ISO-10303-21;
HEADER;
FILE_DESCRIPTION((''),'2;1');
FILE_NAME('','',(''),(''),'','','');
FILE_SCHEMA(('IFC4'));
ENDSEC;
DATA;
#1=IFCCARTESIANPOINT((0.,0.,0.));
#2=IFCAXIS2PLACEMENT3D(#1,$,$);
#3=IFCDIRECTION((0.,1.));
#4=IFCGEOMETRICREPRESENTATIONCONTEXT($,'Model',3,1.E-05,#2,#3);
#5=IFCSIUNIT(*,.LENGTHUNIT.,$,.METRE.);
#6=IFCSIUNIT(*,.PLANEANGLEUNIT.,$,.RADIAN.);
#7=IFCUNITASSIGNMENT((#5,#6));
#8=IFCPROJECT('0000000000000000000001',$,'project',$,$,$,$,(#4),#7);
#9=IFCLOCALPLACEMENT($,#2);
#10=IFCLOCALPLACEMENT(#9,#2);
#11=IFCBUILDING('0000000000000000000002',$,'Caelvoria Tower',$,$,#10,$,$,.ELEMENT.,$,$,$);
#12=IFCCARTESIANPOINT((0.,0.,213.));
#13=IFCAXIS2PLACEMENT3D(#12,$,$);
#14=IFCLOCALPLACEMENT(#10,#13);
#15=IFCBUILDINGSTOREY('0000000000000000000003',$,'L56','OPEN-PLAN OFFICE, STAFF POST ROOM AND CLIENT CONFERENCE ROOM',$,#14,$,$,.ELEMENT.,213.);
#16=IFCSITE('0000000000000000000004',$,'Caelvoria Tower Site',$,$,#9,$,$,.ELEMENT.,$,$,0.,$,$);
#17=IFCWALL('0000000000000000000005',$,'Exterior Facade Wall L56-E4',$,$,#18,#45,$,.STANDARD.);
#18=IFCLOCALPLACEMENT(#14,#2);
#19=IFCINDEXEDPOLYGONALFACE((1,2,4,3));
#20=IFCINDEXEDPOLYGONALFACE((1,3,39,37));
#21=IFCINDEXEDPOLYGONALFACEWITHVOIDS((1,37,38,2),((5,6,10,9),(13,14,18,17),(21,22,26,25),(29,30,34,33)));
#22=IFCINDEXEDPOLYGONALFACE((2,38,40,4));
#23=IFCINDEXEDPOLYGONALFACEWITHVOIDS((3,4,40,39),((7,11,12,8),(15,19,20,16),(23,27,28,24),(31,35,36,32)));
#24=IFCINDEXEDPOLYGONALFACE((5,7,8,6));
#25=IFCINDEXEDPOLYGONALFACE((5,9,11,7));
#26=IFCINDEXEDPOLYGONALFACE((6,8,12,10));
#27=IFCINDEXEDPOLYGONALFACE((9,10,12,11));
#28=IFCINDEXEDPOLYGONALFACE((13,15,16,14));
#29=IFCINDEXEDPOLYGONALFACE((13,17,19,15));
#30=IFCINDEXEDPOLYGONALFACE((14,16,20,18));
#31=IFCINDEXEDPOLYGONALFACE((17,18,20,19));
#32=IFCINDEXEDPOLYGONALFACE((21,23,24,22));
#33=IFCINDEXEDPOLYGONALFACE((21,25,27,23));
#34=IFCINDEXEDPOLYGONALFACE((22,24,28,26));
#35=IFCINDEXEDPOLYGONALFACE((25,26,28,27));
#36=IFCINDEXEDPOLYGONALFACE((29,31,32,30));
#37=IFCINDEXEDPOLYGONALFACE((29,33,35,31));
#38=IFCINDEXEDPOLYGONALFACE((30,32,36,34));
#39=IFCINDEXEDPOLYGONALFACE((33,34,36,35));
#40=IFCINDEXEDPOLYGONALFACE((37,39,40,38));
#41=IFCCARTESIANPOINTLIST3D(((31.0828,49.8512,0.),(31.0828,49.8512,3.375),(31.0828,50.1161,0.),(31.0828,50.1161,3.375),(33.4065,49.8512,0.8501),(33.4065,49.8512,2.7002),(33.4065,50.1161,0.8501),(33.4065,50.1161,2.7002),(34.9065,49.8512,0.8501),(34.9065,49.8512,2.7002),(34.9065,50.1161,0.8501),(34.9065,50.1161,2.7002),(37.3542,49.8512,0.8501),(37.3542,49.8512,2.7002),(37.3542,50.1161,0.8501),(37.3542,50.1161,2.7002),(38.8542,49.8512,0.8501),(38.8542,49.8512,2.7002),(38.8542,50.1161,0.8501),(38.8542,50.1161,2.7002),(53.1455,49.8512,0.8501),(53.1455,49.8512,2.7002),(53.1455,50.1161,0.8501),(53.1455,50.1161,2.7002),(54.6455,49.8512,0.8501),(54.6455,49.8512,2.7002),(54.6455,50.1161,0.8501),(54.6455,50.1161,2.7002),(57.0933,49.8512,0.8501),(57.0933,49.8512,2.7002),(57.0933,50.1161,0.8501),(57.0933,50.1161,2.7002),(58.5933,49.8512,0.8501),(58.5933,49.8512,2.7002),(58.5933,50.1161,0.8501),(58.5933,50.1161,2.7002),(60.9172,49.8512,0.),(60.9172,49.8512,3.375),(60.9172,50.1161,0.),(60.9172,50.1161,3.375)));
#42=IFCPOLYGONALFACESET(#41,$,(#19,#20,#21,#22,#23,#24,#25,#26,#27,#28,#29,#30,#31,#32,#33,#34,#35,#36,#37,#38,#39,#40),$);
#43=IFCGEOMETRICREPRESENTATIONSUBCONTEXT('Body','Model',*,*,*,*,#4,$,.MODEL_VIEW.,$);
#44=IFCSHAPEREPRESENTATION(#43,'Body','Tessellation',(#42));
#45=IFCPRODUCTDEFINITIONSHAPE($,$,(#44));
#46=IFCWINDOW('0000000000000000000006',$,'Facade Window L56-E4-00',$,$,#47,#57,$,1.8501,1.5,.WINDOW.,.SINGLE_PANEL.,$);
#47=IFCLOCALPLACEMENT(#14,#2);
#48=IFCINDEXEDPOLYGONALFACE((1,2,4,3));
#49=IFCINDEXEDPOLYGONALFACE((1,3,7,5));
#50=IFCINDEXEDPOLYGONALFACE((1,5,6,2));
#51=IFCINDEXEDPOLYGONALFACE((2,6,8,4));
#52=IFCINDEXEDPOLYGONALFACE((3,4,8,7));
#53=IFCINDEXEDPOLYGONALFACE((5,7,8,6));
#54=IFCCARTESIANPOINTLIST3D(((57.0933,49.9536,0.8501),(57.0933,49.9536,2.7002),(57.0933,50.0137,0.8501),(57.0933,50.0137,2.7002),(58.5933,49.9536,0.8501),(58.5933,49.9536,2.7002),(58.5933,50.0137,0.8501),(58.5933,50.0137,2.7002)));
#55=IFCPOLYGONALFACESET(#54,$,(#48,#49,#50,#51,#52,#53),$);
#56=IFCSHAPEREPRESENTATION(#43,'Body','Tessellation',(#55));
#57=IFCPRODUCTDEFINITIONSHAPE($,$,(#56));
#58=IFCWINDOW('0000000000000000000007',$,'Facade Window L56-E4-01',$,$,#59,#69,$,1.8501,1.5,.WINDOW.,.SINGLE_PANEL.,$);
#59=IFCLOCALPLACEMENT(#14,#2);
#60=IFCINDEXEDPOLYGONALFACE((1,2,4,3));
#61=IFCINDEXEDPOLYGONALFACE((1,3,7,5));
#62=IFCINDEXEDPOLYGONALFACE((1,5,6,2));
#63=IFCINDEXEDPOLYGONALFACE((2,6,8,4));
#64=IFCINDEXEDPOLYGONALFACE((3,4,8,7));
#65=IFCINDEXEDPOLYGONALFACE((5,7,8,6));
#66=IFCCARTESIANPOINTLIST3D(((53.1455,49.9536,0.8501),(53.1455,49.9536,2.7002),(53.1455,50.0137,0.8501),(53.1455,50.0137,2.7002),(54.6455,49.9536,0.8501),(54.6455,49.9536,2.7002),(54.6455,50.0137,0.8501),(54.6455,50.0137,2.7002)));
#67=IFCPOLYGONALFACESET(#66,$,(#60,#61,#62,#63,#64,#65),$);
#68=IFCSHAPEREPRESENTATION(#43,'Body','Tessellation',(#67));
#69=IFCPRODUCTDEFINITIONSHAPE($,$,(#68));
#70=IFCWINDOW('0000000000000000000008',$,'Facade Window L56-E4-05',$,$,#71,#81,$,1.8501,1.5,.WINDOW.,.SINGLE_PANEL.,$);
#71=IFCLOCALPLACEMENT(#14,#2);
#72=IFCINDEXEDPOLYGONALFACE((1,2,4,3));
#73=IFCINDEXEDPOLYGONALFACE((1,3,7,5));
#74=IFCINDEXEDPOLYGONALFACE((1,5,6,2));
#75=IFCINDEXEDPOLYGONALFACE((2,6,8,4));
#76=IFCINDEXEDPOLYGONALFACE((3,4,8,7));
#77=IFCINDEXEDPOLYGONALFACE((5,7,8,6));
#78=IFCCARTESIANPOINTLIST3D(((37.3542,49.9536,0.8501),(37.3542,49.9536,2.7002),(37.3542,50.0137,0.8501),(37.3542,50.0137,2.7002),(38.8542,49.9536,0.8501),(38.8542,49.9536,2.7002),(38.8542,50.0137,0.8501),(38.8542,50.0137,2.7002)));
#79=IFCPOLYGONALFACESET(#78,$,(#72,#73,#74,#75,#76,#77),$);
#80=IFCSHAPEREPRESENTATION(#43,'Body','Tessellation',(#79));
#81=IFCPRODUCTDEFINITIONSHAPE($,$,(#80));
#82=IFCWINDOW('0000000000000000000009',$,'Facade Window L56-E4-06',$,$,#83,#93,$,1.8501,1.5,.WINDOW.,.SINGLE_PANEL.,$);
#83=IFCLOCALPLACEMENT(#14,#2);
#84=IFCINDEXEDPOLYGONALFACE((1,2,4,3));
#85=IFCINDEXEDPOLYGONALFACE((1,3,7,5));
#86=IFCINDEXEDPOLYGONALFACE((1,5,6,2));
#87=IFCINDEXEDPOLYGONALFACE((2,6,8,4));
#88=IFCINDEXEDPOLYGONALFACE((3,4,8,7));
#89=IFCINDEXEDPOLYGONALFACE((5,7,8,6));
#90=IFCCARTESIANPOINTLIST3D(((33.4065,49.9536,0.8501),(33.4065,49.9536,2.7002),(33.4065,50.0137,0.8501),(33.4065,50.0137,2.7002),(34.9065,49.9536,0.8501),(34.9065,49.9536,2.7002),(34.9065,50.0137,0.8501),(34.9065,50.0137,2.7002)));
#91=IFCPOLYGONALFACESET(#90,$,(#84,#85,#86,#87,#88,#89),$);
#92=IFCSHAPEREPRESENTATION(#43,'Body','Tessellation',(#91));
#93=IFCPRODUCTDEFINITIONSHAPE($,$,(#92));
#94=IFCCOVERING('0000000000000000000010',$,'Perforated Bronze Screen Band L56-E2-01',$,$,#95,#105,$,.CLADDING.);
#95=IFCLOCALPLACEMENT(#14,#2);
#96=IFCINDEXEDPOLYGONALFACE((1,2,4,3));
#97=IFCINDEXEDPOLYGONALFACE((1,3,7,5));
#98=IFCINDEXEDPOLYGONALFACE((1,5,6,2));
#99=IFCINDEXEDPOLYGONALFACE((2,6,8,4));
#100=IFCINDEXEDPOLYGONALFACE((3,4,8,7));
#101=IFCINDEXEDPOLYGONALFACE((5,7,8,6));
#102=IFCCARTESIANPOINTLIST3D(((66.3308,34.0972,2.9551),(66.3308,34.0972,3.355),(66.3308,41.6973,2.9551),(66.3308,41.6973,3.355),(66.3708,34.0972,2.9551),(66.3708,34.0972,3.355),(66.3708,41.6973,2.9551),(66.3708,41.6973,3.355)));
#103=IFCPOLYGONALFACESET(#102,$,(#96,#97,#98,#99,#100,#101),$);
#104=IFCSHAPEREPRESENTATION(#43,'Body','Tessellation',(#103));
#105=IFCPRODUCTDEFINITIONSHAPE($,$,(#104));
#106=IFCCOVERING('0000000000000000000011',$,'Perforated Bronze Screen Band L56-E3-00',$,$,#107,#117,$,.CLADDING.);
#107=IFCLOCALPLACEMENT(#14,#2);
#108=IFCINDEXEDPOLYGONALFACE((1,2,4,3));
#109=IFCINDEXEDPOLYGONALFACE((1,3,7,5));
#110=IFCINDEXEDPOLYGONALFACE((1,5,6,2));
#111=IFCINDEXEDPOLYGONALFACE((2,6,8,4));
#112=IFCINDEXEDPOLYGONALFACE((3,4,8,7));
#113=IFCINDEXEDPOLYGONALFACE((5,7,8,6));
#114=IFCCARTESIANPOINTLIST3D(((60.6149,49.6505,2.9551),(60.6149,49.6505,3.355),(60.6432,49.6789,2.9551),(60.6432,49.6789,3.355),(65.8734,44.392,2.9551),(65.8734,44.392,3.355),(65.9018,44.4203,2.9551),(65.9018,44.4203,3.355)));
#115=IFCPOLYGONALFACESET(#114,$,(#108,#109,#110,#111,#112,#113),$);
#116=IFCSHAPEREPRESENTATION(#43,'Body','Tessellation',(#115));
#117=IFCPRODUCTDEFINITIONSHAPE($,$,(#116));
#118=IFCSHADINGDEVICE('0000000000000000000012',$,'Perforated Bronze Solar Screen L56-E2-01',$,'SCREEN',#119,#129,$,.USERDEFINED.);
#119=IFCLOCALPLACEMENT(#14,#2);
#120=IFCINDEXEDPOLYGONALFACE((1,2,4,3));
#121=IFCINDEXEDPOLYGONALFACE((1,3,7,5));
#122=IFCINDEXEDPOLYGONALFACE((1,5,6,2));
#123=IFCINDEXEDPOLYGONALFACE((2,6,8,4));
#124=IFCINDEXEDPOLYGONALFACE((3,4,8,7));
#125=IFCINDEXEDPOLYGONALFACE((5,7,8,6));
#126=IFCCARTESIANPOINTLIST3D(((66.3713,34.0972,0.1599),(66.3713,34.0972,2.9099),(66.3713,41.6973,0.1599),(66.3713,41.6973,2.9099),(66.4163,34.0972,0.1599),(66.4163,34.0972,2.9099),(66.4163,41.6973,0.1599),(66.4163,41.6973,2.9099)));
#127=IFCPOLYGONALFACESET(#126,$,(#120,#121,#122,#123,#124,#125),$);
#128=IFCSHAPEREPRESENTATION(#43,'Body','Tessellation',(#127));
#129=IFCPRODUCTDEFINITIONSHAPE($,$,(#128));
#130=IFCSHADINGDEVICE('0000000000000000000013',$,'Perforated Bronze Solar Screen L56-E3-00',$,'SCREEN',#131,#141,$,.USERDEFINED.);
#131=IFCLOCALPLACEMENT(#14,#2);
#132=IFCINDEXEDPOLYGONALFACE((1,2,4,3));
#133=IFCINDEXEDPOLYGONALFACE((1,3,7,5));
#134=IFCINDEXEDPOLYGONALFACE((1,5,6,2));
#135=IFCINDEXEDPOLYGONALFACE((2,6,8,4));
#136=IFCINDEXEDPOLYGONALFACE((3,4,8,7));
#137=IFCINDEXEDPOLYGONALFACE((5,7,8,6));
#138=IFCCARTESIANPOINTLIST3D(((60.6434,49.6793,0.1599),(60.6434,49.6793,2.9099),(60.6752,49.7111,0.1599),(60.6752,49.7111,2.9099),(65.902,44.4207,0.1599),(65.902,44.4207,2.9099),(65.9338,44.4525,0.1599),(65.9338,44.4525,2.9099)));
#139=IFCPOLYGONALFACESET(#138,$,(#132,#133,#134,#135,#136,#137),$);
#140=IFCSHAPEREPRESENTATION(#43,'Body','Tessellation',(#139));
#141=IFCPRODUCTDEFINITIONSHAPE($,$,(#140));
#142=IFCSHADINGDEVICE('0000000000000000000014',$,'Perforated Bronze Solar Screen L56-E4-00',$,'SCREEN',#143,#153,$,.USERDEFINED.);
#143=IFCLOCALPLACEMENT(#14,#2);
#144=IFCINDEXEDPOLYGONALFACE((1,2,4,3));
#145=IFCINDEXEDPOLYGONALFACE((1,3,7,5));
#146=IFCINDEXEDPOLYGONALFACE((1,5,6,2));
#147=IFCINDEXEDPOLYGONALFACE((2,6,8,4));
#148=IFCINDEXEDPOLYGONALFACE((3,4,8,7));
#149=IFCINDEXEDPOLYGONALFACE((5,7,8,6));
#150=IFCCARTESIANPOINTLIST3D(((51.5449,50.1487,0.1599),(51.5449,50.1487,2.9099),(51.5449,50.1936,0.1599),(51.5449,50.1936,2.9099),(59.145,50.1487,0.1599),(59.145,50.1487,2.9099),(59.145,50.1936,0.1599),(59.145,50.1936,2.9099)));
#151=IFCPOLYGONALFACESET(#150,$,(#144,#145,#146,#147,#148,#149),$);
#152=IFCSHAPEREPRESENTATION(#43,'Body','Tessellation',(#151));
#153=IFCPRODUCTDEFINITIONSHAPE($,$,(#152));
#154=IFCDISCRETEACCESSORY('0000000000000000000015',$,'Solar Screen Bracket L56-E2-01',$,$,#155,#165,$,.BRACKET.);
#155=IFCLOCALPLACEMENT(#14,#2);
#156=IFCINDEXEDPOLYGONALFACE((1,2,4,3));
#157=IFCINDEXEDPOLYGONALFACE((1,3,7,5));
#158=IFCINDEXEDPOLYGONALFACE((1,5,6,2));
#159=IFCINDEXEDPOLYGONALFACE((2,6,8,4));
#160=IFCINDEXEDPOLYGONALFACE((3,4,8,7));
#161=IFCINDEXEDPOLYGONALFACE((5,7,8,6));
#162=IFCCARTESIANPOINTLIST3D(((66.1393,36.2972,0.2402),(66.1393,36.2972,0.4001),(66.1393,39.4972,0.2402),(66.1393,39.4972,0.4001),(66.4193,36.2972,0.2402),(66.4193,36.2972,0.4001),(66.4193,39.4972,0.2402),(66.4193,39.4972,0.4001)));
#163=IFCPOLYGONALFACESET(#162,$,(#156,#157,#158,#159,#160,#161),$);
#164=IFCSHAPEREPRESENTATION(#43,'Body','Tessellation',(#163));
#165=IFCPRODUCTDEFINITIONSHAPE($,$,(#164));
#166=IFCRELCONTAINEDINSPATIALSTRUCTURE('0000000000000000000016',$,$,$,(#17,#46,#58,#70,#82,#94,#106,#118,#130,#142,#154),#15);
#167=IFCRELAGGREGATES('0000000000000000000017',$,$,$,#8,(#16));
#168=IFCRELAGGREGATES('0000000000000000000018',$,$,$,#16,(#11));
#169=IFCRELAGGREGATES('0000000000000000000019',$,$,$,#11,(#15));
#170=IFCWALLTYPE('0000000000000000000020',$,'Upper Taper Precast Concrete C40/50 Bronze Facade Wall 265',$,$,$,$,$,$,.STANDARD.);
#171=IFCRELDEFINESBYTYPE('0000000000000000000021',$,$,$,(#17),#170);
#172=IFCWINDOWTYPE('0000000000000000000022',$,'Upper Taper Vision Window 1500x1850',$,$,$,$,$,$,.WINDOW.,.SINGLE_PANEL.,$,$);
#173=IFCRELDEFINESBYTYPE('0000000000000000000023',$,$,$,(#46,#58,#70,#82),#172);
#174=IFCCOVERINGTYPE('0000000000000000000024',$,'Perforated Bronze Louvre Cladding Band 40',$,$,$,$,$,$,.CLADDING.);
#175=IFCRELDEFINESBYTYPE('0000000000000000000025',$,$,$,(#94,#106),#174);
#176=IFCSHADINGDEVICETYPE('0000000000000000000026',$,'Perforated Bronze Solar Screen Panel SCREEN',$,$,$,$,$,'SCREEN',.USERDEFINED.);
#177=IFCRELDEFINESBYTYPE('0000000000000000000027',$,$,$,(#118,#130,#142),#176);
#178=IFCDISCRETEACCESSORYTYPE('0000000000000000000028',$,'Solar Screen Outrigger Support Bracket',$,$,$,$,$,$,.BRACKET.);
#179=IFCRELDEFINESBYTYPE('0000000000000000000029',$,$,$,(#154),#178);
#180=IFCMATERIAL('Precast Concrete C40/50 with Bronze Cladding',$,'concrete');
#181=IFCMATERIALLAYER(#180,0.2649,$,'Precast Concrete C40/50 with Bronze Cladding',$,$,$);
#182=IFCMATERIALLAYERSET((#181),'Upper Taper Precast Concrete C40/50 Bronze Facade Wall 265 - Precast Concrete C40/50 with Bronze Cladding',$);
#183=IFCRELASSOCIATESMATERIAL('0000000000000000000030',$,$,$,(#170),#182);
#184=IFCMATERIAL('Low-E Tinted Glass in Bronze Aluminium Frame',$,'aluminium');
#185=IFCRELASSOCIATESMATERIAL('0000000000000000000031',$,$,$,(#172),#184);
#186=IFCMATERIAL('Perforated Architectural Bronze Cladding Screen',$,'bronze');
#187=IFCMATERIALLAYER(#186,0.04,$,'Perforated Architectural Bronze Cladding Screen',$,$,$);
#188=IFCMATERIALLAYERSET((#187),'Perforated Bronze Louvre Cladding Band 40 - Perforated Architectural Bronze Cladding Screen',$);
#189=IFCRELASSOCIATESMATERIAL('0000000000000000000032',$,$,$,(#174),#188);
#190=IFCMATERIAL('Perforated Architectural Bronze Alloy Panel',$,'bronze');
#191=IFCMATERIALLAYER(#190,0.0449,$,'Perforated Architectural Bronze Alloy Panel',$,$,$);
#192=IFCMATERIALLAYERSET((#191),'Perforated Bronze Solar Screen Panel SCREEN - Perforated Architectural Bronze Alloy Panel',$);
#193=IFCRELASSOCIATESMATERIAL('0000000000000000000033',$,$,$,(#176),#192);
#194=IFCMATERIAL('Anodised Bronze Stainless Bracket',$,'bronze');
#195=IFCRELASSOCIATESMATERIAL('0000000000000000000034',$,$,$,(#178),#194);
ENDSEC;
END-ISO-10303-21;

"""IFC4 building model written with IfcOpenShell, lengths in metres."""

from ifc_helpers import new_model, si_unit, direction, frame, frame_2d, origin, origin_2d, place, context, subcontext, project, spatial, rectangle, extrude, material, layer, layer_set, type_object, element, fill, save


model = new_model("IFC4")

# Units and contexts
model_context = context("Model", 3, precision=1e-05, world=origin(), true_north=direction((0.0, 1.0)))
body_context = subcontext(model_context, "Body", "Model", "MODEL_VIEW")
ifc_project = project(units=[si_unit("LENGTHUNIT", "METRE"), si_unit("PLANEANGLEUNIT", "RADIAN")], contexts=[model_context])

# Site, building, storey
site_placement = place(None, origin())
site = spatial("IfcSite", under=ifc_project, at=site_placement, Name="Caelvoria Tower Site", CompositionType="ELEMENT", RefElevation=0.0)
building_placement = place(site_placement, origin())
building = spatial("IfcBuilding", under=site, at=building_placement, Name="Caelvoria Tower", CompositionType="ELEMENT")
storey_placement = place(building_placement, frame((0.0, 0.0, 213.0)))
storey = spatial("IfcBuildingStorey", under=building, at=storey_placement, Name="L56", Description="OPEN-PLAN OFFICE, STAFF POST ROOM AND CLIENT CONFERENCE ROOM", CompositionType="ELEMENT", Elevation=213.0)

# Shared definitions
ifc_material_1 = material(Name="Precast Concrete C40/50 with Bronze Cladding", Category="concrete")
ifc_layer_1 = layer(ifc_material_1, 0.2649, Name="Precast Concrete C40/50 with Bronze Cladding")
ifc_layer_set_1 = layer_set([ifc_layer_1], Name="Upper Taper Precast Concrete C40/50 Bronze Facade Wall 265 - Precast Concrete C40/50 with Bronze Cladding")
wall_type_1 = type_object("IfcWallType", Name="Upper Taper Precast Concrete C40/50 Bronze Facade Wall 265", PredefinedType="STANDARD", material=ifc_layer_set_1)

# Wall, openings, windows
wall_1_placement = place(storey_placement, frame((60.9172, 49.9836, 0.0), z_axis=(0.0, 0.0, 1.0), x_axis=(-1.0, 0.0, 0.0)))
wall_1 = element("IfcWall", 1, at=wall_1_placement, inside=storey, type_object=wall_type_1, Name="Exterior Facade Wall L56-E4", PredefinedType="STANDARD", context=body_context, shape_type="SweptSolid", body=[
    extrude(rectangle(XDim=29.8345, YDim=0.2649, at=frame_2d((14.9172, 0.0))), origin(), (0.0, 0.0, 1.0), 3.375),
])
opening_1_placement = place(wall_1_placement, frame((2.324, 0.0, 0.8501)))
opening_1 = element("IfcOpeningElement", 2, at=opening_1_placement, cuts=wall_1, PredefinedType="OPENING", context=body_context, shape_type="SweptSolid", body=[
    extrude(rectangle(XDim=1.5, YDim=1.8501, at=frame_2d((0.75, 0.925))), frame((0.0, 0.1423, 0.0), z_axis=(0.0, -1.0, 0.0), x_axis=(1.0, 0.0, 0.0)), (0.0, 0.0, 1.0), 0.2849),
])
opening_2_placement = place(wall_1_placement, frame((6.2717, 0.0, 0.8501)))
opening_2 = element("IfcOpeningElement", 3, at=opening_2_placement, cuts=wall_1, PredefinedType="OPENING", context=body_context, shape_type="SweptSolid", body=[
    extrude(rectangle(XDim=1.5, YDim=1.8501, at=frame_2d((0.75, 0.925))), frame((0.0, 0.1423, 0.0), z_axis=(0.0, -1.0, 0.0), x_axis=(1.0, 0.0, 0.0)), (0.0, 0.0, 1.0), 0.2849),
])
opening_3_placement = place(wall_1_placement, frame((22.063, 0.0, 0.8501)))
opening_3 = element("IfcOpeningElement", 4, at=opening_3_placement, cuts=wall_1, PredefinedType="OPENING", context=body_context, shape_type="SweptSolid", body=[
    extrude(rectangle(XDim=1.5, YDim=1.8501, at=frame_2d((0.75, 0.925))), frame((0.0, 0.1423, 0.0), z_axis=(0.0, -1.0, 0.0), x_axis=(1.0, 0.0, 0.0)), (0.0, 0.0, 1.0), 0.2849),
])
opening_4_placement = place(wall_1_placement, frame((26.0107, 0.0, 0.8501)))
opening_4 = element("IfcOpeningElement", 5, at=opening_4_placement, cuts=wall_1, PredefinedType="OPENING", context=body_context, shape_type="SweptSolid", body=[
    extrude(rectangle(XDim=1.5, YDim=1.8501, at=frame_2d((0.75, 0.925))), frame((0.0, 0.1423, 0.0), z_axis=(0.0, -1.0, 0.0), x_axis=(1.0, 0.0, 0.0)), (0.0, 0.0, 1.0), 0.2849),
])
ifc_material_2 = material(Name="Low-E Tinted Glass in Bronze Aluminium Frame", Category="aluminium")
window_type = type_object("IfcWindowType", Name="Upper Taper Vision Window 1500x1850", PartitioningType="SINGLE_PANEL", PredefinedType="WINDOW", material=ifc_material_2)
window_1_placement = place(opening_1_placement, origin())
window_1 = element("IfcWindow", 6, at=window_1_placement, inside=storey, type_object=window_type, Name="Facade Window L56-E4-00", OverallHeight=1.8501, OverallWidth=1.5, PartitioningType="SINGLE_PANEL", PredefinedType="WINDOW", context=body_context, shape_type="SweptSolid", body=[
    extrude(rectangle(XDim=1.5, YDim=1.8501, at=frame_2d((0.75, 0.925))), frame((0.0, 0.03, 0.0), z_axis=(0.0, -1.0, 0.0), x_axis=(1.0, 0.0, 0.0)), (0.0, 0.0, 1.0), 0.0601),
])
fill(opening_1, window_1)
window_2_placement = place(opening_2_placement, origin())
window_2 = element("IfcWindow", 7, at=window_2_placement, inside=storey, type_object=window_type, Name="Facade Window L56-E4-01", OverallHeight=1.8501, OverallWidth=1.5, PartitioningType="SINGLE_PANEL", PredefinedType="WINDOW", context=body_context, shape_type="SweptSolid", body=[
    extrude(rectangle(XDim=1.5, YDim=1.8501, at=frame_2d((0.75, 0.925))), frame((0.0, 0.03, 0.0), z_axis=(0.0, -1.0, 0.0), x_axis=(1.0, 0.0, 0.0)), (0.0, 0.0, 1.0), 0.0601),
])
fill(opening_2, window_2)
window_3_placement = place(opening_3_placement, origin())
window_3 = element("IfcWindow", 8, at=window_3_placement, inside=storey, type_object=window_type, Name="Facade Window L56-E4-05", OverallHeight=1.8501, OverallWidth=1.5, PartitioningType="SINGLE_PANEL", PredefinedType="WINDOW", context=body_context, shape_type="SweptSolid", body=[
    extrude(rectangle(XDim=1.5, YDim=1.8501, at=frame_2d((0.75, 0.925))), frame((0.0, 0.03, 0.0), z_axis=(0.0, -1.0, 0.0), x_axis=(1.0, 0.0, 0.0)), (0.0, 0.0, 1.0), 0.0601),
])
fill(opening_3, window_3)
window_4_placement = place(opening_4_placement, origin())
window_4 = element("IfcWindow", 9, at=window_4_placement, inside=storey, type_object=window_type, Name="Facade Window L56-E4-06", OverallHeight=1.8501, OverallWidth=1.5, PartitioningType="SINGLE_PANEL", PredefinedType="WINDOW", context=body_context, shape_type="SweptSolid", body=[
    extrude(rectangle(XDim=1.5, YDim=1.8501, at=frame_2d((0.75, 0.925))), frame((0.0, 0.03, 0.0), z_axis=(0.0, -1.0, 0.0), x_axis=(1.0, 0.0, 0.0)), (0.0, 0.0, 1.0), 0.0601),
])
fill(opening_4, window_4)

# Coverings
ifc_material_3 = material(Name="Perforated Architectural Bronze Cladding Screen", Category="bronze")
ifc_layer_2 = layer(ifc_material_3, 0.04, Name="Perforated Architectural Bronze Cladding Screen")
ifc_layer_set_2 = layer_set([ifc_layer_2], Name="Perforated Bronze Louvre Cladding Band 40 - Perforated Architectural Bronze Cladding Screen")
covering_type = type_object("IfcCoveringType", Name="Perforated Bronze Louvre Cladding Band 40", PredefinedType="CLADDING", material=ifc_layer_set_2)
covering_1_placement = place(storey_placement, frame((66.3508, 37.8972, 2.9551), z_axis=(0.0, 0.0, 1.0), x_axis=(0.0, 1.0, 0.0)))
element("IfcCovering", 10, at=covering_1_placement, inside=storey, type_object=covering_type, Name="Perforated Bronze Screen Band L56-E2-01", PredefinedType="CLADDING", context=body_context, shape_type="SweptSolid", body=[
    extrude(rectangle(XDim=7.6001, YDim=0.04, at=origin_2d()), origin(), (0.0, 0.0, 1.0), 0.3999),
])
covering_2_placement = place(storey_placement, frame((63.2583, 47.0354, 2.9551), z_axis=(0.0, 0.0, 1.0), x_axis=(-0.707107, 0.707107, 0.0)))
element("IfcCovering", 11, at=covering_2_placement, inside=storey, type_object=covering_type, Name="Perforated Bronze Screen Band L56-E3-00", PredefinedType="CLADDING", context=body_context, shape_type="SweptSolid", body=[
    extrude(rectangle(XDim=7.4368, YDim=0.04, at=origin_2d()), origin(), (0.0, 0.0, 1.0), 0.3999),
])

# Shading devices
ifc_material_4 = material(Name="Perforated Architectural Bronze Alloy Panel", Category="bronze")
ifc_layer_3 = layer(ifc_material_4, 0.0449, Name="Perforated Architectural Bronze Alloy Panel")
ifc_layer_set_3 = layer_set([ifc_layer_3], Name="Perforated Bronze Solar Screen Panel SCREEN - Perforated Architectural Bronze Alloy Panel")
shading_device_type = type_object("IfcShadingDeviceType", Name="Perforated Bronze Solar Screen Panel SCREEN", ElementType="SCREEN", PredefinedType="USERDEFINED", material=ifc_layer_set_3)
shading_device_1_placement = place(storey_placement, frame((66.3938, 37.8972, 0.1599), z_axis=(0.0, 0.0, 1.0), x_axis=(0.0, 1.0, 0.0)))
element("IfcShadingDevice", 12, at=shading_device_1_placement, inside=storey, type_object=shading_device_type, Name="Perforated Bronze Solar Screen L56-E2-01", ObjectType="SCREEN", PredefinedType="USERDEFINED", context=body_context, shape_type="SweptSolid", body=[
    extrude(rectangle(XDim=7.6001, YDim=0.0449, at=origin_2d()), origin(), (0.0, 0.0, 1.0), 2.75),
])
shading_device_2_placement = place(storey_placement, frame((63.2886, 47.0659, 0.1599), z_axis=(0.0, 0.0, 1.0), x_axis=(-0.707107, 0.707107, 0.0)))
element("IfcShadingDevice", 13, at=shading_device_2_placement, inside=storey, type_object=shading_device_type, Name="Perforated Bronze Solar Screen L56-E3-00", ObjectType="SCREEN", PredefinedType="USERDEFINED", context=body_context, shape_type="SweptSolid", body=[
    extrude(rectangle(XDim=7.4368, YDim=0.0449, at=origin_2d()), origin(), (0.0, 0.0, 1.0), 2.75),
])
shading_device_3_placement = place(storey_placement, frame((55.345, 50.1711, 0.1599), z_axis=(0.0, 0.0, 1.0), x_axis=(-1.0, 0.0, 0.0)))
element("IfcShadingDevice", 14, at=shading_device_3_placement, inside=storey, type_object=shading_device_type, Name="Perforated Bronze Solar Screen L56-E4-00", ObjectType="SCREEN", PredefinedType="USERDEFINED", context=body_context, shape_type="SweptSolid", body=[
    extrude(rectangle(XDim=7.6001, YDim=0.0449, at=origin_2d()), origin(), (0.0, 0.0, 1.0), 2.75),
])

# Discrete accessory
ifc_material_5 = material(Name="Anodised Bronze Stainless Bracket", Category="bronze")
discrete_accessory_type = type_object("IfcDiscreteAccessoryType", Name="Solar Screen Outrigger Support Bracket", PredefinedType="BRACKET", material=ifc_material_5)
for number, where, z_axis, x_axis, name in (
    (15, (66.2793, 37.8972, 0.2402), (0.0, 0.0, 1.0), (0.0, 1.0, 0.0), "Solar Screen Bracket L56-E2-01"),
):
    element("IfcDiscreteAccessory", number, at=place(storey_placement, frame(where, z_axis=z_axis, x_axis=x_axis)), inside=storey, type_object=discrete_accessory_type, Name=name, PredefinedType="BRACKET", context=body_context, shape_type="SweptSolid", body=[
        extrude(rectangle(XDim=3.2, YDim=0.28, at=origin_2d()), origin(), (0.0, 0.0, 1.0), 0.1599),
    ])

save(model, "model.ifc")
